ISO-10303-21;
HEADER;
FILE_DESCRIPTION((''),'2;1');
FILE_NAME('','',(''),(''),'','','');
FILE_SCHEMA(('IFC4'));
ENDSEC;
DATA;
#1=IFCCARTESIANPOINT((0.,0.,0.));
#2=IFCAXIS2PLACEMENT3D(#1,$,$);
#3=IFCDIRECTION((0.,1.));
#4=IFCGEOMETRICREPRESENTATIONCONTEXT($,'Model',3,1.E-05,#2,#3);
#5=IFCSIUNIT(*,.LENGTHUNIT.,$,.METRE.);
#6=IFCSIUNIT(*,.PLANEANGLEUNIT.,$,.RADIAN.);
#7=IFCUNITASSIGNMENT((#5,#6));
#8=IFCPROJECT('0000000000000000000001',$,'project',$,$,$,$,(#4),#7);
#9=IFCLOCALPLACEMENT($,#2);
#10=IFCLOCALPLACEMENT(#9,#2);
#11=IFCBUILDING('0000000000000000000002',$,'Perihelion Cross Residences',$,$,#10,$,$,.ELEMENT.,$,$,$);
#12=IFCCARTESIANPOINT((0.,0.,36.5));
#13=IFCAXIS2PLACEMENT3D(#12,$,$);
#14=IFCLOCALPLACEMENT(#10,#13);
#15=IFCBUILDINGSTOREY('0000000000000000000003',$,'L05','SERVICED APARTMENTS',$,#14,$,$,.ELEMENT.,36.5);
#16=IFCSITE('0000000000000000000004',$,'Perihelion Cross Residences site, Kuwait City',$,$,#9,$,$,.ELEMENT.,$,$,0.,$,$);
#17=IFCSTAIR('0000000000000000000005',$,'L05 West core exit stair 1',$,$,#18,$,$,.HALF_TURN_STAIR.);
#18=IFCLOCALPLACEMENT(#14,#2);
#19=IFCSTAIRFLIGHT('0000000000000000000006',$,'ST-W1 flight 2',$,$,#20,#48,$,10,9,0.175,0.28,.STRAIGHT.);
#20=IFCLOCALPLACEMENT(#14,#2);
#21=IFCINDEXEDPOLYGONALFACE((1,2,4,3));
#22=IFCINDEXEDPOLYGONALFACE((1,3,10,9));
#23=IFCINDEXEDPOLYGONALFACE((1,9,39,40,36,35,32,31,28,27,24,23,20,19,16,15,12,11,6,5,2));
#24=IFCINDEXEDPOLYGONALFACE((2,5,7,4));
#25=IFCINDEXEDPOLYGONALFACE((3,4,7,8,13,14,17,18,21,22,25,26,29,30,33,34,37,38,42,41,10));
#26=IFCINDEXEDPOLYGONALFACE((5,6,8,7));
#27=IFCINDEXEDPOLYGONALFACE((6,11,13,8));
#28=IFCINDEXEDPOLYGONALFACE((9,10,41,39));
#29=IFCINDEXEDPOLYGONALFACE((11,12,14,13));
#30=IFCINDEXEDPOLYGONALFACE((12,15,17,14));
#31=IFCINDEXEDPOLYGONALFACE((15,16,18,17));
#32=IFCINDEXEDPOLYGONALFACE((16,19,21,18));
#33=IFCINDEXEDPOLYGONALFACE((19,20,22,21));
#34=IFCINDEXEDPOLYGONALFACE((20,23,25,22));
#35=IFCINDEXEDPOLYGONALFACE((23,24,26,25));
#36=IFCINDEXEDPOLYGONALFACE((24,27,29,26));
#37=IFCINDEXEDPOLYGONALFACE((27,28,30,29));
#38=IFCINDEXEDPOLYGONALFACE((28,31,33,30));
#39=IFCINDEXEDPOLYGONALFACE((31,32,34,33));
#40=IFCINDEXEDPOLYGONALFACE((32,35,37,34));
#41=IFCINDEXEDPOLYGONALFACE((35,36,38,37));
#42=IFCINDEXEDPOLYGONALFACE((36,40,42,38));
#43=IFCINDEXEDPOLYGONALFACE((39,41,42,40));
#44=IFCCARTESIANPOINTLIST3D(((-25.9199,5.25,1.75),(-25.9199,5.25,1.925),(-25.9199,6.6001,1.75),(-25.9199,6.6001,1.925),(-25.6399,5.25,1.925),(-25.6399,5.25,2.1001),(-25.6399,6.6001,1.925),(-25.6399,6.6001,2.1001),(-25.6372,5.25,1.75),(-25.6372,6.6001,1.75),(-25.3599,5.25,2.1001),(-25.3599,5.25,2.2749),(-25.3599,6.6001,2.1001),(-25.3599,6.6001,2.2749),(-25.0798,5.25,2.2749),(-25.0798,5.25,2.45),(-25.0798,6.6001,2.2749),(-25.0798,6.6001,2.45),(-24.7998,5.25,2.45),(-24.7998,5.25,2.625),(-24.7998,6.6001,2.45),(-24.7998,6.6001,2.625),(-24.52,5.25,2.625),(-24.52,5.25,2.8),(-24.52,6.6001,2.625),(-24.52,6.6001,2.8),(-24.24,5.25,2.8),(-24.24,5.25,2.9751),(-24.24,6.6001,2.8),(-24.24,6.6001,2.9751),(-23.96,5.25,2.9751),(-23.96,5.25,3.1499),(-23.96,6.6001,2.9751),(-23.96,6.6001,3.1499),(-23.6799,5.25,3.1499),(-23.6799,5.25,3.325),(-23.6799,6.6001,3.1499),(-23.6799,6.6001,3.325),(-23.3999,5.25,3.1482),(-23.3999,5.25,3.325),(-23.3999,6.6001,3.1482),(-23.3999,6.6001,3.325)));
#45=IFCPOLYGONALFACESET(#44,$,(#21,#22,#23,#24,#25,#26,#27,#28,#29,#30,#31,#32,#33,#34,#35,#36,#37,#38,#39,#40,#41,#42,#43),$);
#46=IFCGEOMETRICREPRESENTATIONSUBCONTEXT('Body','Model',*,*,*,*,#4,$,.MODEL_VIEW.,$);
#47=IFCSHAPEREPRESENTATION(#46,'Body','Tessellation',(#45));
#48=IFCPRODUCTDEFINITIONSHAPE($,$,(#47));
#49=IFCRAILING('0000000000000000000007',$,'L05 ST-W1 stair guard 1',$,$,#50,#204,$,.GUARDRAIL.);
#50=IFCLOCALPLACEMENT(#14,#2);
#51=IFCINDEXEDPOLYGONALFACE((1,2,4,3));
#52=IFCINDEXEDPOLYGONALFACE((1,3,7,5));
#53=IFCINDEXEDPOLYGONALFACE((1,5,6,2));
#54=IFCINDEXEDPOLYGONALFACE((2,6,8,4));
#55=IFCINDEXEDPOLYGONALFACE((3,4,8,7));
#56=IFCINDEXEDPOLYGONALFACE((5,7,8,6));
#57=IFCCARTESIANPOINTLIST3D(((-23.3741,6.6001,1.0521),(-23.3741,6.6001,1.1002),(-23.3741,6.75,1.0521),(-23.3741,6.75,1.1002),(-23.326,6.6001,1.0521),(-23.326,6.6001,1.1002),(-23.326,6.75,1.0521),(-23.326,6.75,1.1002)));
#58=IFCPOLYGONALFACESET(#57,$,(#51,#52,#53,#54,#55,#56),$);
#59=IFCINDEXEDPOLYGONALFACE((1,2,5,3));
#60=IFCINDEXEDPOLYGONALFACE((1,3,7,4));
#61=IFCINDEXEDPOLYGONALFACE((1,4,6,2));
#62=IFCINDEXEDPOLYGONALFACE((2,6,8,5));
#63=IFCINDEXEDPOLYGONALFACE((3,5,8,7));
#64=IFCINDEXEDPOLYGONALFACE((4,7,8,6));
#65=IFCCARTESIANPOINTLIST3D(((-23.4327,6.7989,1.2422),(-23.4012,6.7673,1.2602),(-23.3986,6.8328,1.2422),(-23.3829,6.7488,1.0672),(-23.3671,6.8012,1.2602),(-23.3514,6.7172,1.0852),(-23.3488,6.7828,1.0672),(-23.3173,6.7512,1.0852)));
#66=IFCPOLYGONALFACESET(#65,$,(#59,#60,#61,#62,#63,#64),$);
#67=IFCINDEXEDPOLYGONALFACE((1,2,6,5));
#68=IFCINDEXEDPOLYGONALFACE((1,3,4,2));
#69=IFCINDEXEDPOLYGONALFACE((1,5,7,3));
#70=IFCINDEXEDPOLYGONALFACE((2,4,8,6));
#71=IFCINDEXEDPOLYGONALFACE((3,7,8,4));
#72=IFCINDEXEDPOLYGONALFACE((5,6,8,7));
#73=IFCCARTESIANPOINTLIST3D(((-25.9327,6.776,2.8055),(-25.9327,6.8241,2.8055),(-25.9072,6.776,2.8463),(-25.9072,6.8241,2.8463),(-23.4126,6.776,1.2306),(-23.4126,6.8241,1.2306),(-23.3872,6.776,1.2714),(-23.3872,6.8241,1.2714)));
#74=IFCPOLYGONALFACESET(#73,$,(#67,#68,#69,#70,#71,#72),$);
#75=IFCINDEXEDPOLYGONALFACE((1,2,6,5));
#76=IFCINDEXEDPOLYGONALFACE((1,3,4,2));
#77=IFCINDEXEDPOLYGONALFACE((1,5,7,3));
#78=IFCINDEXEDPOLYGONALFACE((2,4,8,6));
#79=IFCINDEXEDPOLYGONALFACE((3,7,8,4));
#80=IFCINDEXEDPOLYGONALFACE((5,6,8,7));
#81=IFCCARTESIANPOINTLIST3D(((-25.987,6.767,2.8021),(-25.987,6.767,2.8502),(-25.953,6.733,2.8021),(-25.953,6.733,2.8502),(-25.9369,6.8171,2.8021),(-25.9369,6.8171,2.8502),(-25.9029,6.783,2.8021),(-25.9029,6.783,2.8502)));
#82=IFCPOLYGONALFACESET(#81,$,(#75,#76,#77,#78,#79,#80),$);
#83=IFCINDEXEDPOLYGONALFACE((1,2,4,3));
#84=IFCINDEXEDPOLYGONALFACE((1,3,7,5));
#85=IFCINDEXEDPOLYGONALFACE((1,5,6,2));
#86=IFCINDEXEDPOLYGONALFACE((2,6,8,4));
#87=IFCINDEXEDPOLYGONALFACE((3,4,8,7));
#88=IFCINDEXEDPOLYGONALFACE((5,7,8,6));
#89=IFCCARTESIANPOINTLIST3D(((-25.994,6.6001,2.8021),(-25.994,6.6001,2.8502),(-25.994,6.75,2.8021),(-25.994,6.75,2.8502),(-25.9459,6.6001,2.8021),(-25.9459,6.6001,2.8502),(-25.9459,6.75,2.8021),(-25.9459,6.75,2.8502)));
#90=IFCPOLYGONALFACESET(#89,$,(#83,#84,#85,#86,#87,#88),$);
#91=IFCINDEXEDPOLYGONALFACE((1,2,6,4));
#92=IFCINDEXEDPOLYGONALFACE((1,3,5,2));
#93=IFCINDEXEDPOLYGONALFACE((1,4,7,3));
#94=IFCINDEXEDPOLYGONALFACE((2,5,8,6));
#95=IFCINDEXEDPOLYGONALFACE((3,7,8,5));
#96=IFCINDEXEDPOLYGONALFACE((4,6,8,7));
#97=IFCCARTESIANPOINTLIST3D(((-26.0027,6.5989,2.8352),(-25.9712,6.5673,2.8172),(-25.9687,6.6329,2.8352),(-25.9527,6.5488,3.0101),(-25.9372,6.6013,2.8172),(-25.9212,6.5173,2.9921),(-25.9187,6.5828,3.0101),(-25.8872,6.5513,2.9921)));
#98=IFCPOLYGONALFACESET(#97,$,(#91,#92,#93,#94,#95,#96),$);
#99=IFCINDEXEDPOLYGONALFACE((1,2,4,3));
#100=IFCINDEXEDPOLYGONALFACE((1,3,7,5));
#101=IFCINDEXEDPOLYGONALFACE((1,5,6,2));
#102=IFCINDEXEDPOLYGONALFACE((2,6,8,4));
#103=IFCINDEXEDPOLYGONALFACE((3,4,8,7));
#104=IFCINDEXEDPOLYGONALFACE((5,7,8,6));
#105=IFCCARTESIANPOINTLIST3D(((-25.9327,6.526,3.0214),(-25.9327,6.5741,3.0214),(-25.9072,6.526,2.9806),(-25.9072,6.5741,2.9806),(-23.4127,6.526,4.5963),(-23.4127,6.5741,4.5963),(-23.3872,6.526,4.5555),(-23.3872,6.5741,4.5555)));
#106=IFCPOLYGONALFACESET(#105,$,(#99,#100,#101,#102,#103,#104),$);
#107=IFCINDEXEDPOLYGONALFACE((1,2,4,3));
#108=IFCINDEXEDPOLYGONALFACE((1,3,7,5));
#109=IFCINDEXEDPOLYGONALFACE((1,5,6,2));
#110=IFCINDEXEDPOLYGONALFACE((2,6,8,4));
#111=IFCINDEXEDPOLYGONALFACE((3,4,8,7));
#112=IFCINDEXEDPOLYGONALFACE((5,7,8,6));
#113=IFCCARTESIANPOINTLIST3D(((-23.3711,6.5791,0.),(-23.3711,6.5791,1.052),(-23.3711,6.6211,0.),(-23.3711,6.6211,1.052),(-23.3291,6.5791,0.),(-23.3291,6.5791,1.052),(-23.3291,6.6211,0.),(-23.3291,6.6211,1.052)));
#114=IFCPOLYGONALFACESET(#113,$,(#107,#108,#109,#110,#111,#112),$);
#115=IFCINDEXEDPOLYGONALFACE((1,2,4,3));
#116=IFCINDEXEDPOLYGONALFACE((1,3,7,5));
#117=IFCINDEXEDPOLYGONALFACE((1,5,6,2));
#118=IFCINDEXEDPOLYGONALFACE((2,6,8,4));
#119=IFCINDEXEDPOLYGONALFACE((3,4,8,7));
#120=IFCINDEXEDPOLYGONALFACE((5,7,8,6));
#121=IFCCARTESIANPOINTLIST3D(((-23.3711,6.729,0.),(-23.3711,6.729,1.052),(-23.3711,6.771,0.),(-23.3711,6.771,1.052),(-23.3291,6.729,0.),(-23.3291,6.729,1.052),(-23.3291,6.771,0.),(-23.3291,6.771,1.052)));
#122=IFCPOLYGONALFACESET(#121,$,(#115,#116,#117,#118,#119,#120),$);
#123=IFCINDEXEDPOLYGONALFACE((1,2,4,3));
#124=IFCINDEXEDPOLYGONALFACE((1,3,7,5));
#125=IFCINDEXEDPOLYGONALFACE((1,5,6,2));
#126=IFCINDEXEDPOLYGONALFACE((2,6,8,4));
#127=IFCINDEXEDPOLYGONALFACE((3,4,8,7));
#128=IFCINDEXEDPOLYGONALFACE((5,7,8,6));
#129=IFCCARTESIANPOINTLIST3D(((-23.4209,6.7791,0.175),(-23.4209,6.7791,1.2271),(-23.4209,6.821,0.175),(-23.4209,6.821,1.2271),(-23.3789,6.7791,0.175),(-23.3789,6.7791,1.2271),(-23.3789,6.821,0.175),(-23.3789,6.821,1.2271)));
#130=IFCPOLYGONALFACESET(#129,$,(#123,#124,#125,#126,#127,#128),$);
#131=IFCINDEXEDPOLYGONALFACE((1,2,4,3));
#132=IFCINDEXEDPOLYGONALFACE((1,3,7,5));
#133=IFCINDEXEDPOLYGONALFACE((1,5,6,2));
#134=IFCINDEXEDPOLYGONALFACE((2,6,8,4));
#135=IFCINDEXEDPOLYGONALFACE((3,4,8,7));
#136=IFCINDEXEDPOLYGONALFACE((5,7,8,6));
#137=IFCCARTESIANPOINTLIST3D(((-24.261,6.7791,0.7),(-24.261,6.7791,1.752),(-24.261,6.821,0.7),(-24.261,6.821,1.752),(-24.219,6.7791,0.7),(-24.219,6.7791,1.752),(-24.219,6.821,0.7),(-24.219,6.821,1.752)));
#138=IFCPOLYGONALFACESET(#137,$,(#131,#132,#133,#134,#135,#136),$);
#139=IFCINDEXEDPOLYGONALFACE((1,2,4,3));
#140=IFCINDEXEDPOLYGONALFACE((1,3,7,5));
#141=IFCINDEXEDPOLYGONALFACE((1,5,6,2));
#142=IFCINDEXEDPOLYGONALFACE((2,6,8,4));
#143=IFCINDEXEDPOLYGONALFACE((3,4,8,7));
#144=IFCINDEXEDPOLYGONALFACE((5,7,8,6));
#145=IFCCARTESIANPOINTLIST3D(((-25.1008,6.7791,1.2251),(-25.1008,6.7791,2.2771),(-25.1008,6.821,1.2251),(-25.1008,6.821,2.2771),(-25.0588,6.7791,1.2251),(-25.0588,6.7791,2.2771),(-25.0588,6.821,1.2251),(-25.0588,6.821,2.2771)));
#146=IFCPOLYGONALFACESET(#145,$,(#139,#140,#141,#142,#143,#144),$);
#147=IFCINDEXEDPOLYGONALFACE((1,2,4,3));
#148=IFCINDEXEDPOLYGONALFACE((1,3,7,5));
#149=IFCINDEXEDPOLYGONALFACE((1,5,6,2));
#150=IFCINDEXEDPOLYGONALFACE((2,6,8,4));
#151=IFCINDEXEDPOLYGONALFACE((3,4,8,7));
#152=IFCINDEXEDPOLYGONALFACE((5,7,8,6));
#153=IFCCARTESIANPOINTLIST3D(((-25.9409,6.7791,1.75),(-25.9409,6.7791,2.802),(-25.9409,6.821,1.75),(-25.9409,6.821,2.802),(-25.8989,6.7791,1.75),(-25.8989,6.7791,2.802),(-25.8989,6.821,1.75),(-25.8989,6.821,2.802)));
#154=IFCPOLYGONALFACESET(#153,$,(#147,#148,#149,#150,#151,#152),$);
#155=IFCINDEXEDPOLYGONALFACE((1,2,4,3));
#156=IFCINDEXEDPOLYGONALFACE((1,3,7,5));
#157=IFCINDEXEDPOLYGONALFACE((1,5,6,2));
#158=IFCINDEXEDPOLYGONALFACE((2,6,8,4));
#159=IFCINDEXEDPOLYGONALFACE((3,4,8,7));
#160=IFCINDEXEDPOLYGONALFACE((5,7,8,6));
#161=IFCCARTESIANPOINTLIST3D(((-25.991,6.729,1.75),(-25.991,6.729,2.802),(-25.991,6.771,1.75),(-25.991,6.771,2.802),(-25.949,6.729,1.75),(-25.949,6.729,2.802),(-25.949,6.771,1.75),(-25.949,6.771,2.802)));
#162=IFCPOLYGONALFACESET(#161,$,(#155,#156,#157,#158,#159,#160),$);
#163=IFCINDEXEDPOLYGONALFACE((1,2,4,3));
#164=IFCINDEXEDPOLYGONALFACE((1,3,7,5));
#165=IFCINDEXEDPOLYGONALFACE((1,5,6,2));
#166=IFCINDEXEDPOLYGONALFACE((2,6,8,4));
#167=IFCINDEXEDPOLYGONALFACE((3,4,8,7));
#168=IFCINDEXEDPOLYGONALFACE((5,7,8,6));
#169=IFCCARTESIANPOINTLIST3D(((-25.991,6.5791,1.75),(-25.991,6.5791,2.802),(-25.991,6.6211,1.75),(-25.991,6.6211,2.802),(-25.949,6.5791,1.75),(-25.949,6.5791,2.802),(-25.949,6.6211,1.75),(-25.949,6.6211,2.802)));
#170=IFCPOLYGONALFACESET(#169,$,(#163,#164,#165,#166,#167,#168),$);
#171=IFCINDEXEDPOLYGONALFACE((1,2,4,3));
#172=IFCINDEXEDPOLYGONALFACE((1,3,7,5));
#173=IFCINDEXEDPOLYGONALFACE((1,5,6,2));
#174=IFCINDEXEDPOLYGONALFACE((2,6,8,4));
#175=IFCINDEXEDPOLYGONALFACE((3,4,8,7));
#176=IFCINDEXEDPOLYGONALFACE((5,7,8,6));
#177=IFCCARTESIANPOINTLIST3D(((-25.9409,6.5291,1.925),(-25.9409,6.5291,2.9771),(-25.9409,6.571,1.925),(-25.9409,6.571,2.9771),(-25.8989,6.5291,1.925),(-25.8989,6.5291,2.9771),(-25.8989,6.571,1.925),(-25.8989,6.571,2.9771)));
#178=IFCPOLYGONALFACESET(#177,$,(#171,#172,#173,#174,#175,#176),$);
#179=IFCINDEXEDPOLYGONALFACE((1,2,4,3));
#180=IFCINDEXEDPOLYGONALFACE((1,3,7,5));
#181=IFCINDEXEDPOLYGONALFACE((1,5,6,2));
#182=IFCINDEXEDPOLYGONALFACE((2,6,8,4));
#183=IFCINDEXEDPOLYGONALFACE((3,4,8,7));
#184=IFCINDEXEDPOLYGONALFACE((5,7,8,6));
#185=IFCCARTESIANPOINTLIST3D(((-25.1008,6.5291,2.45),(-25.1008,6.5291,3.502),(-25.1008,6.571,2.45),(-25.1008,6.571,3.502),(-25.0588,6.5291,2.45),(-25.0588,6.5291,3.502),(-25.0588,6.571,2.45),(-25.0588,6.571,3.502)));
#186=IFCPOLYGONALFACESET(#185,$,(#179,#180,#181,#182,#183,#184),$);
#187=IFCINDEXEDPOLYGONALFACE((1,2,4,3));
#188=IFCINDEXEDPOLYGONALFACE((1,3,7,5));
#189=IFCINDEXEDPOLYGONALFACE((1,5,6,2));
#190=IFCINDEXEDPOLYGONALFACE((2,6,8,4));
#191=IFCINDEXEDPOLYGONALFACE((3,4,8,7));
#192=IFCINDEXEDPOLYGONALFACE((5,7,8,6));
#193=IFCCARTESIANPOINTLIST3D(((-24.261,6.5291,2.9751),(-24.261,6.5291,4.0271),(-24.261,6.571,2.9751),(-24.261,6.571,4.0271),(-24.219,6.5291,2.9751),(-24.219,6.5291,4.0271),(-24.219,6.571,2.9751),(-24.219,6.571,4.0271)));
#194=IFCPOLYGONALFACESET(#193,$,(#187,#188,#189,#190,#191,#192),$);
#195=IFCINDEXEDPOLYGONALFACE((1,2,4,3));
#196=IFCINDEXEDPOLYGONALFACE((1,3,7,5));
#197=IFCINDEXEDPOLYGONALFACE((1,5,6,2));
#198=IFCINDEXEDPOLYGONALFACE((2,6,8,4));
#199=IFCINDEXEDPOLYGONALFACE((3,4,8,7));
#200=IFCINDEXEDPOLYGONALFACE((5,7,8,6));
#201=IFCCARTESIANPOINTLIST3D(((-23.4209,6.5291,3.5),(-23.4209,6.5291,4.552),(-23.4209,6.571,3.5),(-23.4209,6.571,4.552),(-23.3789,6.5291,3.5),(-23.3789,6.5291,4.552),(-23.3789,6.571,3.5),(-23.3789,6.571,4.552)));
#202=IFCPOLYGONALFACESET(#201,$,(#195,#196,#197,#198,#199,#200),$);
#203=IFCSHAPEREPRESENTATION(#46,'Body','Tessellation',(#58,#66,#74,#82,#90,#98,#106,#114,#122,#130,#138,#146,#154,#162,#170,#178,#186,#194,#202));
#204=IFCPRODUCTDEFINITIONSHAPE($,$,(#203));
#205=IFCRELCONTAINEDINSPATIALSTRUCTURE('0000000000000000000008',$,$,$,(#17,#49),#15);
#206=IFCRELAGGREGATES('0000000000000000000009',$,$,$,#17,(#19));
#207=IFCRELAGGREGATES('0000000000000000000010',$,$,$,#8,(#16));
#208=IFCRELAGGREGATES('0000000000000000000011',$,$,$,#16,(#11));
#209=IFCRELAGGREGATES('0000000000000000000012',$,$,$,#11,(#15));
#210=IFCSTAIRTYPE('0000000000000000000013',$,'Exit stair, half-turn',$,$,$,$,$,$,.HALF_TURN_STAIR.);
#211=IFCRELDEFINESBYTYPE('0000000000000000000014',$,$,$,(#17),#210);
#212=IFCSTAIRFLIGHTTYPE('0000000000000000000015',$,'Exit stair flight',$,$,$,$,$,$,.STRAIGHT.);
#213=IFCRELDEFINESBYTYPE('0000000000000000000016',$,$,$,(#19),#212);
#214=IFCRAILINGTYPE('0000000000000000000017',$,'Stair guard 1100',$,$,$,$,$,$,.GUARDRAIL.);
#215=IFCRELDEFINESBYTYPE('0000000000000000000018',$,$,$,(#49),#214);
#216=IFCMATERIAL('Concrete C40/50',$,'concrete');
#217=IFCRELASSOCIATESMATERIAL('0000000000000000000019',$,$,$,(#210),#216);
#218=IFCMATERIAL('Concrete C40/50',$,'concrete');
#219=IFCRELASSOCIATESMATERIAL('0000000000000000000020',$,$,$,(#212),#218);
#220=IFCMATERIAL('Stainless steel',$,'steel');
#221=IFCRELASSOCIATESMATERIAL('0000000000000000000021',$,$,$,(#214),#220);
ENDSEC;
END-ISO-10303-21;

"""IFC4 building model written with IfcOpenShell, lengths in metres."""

from ifc_helpers import new_model, si_unit, direction, frame, origin, origin_2d, place, context, subcontext, project, spatial, polyline, rectangle, outline, extrude, material, type_object, element, aggregate, save


model = new_model("IFC4")

# Units and contexts
model_context = context("Model", 3, precision=1e-05, world=origin(), true_north=direction((0.0, 1.0)))
body_context = subcontext(model_context, "Body", "Model", "MODEL_VIEW")
ifc_project = project(units=[si_unit("LENGTHUNIT", "METRE"), si_unit("PLANEANGLEUNIT", "RADIAN")], contexts=[model_context])

# Site, building, storey
site_placement = place(None, origin())
site = spatial("IfcSite", under=ifc_project, at=site_placement, Name="Perihelion Cross Residences site, Kuwait City", CompositionType="ELEMENT", RefElevation=0.0)
building_placement = place(site_placement, origin())
building = spatial("IfcBuilding", under=site, at=building_placement, Name="Perihelion Cross Residences", CompositionType="ELEMENT")
storey_placement = place(building_placement, frame((0.0, 0.0, 36.5)))
storey = spatial("IfcBuildingStorey", under=building, at=storey_placement, Name="L05", Description="SERVICED APARTMENTS", CompositionType="ELEMENT", Elevation=36.5)

# Stair, stair flight
ifc_material_1 = material(Name="Concrete C40/50", Category="concrete")
stair_type = type_object("IfcStairType", Name="Exit stair, half-turn", PredefinedType="HALF_TURN_STAIR", material=ifc_material_1)
stair_placement = place(storey_placement, origin())
stair = element("IfcStair", 1, at=stair_placement, inside=storey, type_object=stair_type, Name="L05 West core exit stair 1", PredefinedType="HALF_TURN_STAIR")
ifc_material_2 = material(Name="Concrete C40/50", Category="concrete")
stair_flight_type = type_object("IfcStairFlightType", Name="Exit stair flight", PredefinedType="STRAIGHT", material=ifc_material_2)
stair_flight_1_placement = place(storey_placement, frame((-25.9199, 5.925, 1.75), z_axis=(0.0, 0.0, 1.0), x_axis=(1.0, 0.0, 0.0)))
stair_flight_1 = element("IfcStairFlight", 2, at=stair_flight_1_placement, type_object=stair_flight_type, Name="ST-W1 flight 2", NumberOfRisers=10, NumberOfTreads=9, PredefinedType="STRAIGHT", RiserHeight=0.175, TreadLength=0.28, context=body_context, shape_type="SweptSolid", body=[
    extrude(outline(polyline([(0.0, 0.0), (0.0, 0.175), (0.28, 0.175), (0.28, 0.3501), (0.5601, 0.3501), (0.5601, 0.5249), (0.8401, 0.5249), (0.8401, 0.7), (1.1201, 0.7), (1.1201, 0.875), (1.3999, 0.875), (1.3999, 1.05), (1.6799, 1.05), (1.6799, 1.2251), (1.96, 1.2251), (1.96, 1.3999), (2.24, 1.3999), (2.24, 1.575), (2.52, 1.575), (2.52, 1.75), (2.52, 1.3982), (0.2827, 0.0), (0.0, 0.0)])), frame((0.0, 0.675, 0.0), z_axis=(0.0, -1.0, 0.0), x_axis=(1.0, 0.0, 0.0)), (0.0, 0.0, 1.0), 1.3501),
])
aggregate(stair, [stair_flight_1])

# Railing
ifc_material_3 = material(Name="Stainless steel", Category="steel")
railing_type_1 = type_object("IfcRailingType", Name="Stair guard 1100", PredefinedType="GUARDRAIL", material=ifc_material_3)
railing_1_placement = place(storey_placement, frame((-23.3501, 6.6001, 0.0)))
element("IfcRailing", 3, at=railing_1_placement, inside=storey, type_object=railing_type_1, Name="L05 ST-W1 stair guard 1", PredefinedType="GUARDRAIL", context=body_context, shape_type="SweptSolid", body=[
    extrude(rectangle(XDim=0.0481, YDim=0.0481, at=origin_2d()), frame((0.0, 0.0, 1.0762), z_axis=(0.0, 1.0, 0.0), x_axis=(-1.0, 0.0, 0.0)), (0.0, 0.0, 1.0), 0.1499),
    extrude(rectangle(XDim=0.0481, YDim=0.0481, at=origin_2d()), frame((0.0, 0.1499, 1.0762), z_axis=(-0.263862, 0.265156, 0.927399), x_axis=(-0.708834, -0.705376, 0.0)), (0.0, 0.0, 1.0), 0.1887),
    extrude(rectangle(XDim=0.0481, YDim=0.0481, at=origin_2d()), frame((-0.0498, 0.2, 1.251), z_axis=(-0.848008, 0.0, 0.529984), x_axis=(0.0, -1.0, 0.0)), (0.0, 0.0, 1.0), 2.9717),
    extrude(rectangle(XDim=0.0481, YDim=0.0481, at=origin_2d()), frame((-2.5698, 0.2, 2.8262), z_axis=(-0.707107, -0.707107, 0.0), x_axis=(0.707107, -0.707107, 0.0)), (0.0, 0.0, 1.0), 0.0708),
    extrude(rectangle(XDim=0.0481, YDim=0.0481, at=origin_2d()), frame((-2.6199, 0.1499, 2.8262), z_axis=(0.0, -1.0, 0.0), x_axis=(1.0, 0.0, 0.0)), (0.0, 0.0, 1.0), 0.1499),
    extrude(rectangle(XDim=0.0481, YDim=0.0481, at=origin_2d()), frame((-2.6199, 0.0, 2.8262), z_axis=(0.265065, -0.265065, 0.927082), x_axis=(0.707107, 0.707107, 0.0)), (0.0, 0.0, 1.0), 0.1887),
    extrude(rectangle(XDim=0.0481, YDim=0.0481, at=origin_2d()), frame((-2.5698, -0.05, 3.001), z_axis=(0.848008, 0.0, 0.529984), x_axis=(0.0, 1.0, 0.0)), (0.0, 0.0, 1.0), 2.9717),
    extrude(rectangle(XDim=0.042, YDim=0.042, at=origin_2d()), origin(), (0.0, 0.0, 1.0), 1.052),
    extrude(rectangle(XDim=0.042, YDim=0.042, at=origin_2d()), frame((0.0, 0.1499, 0.0)), (0.0, 0.0, 1.0), 1.052),
    extrude(rectangle(XDim=0.042, YDim=0.042, at=origin_2d()), frame((-0.0498, 0.2, 0.175)), (0.0, 0.0, 1.0), 1.052),
    extrude(rectangle(XDim=0.042, YDim=0.042, at=origin_2d()), frame((-0.8899, 0.2, 0.7)), (0.0, 0.0, 1.0), 1.052),
    extrude(rectangle(XDim=0.042, YDim=0.042, at=origin_2d()), frame((-1.7297, 0.2, 1.2251)), (0.0, 0.0, 1.0), 1.052),
    extrude(rectangle(XDim=0.042, YDim=0.042, at=origin_2d()), frame((-2.5698, 0.2, 1.75)), (0.0, 0.0, 1.0), 1.052),
    extrude(rectangle(XDim=0.042, YDim=0.042, at=origin_2d()), frame((-2.6199, 0.1499, 1.75)), (0.0, 0.0, 1.0), 1.052),
    extrude(rectangle(XDim=0.042, YDim=0.042, at=origin_2d()), frame((-2.6199, 0.0, 1.75)), (0.0, 0.0, 1.0), 1.052),
    extrude(rectangle(XDim=0.042, YDim=0.042, at=origin_2d()), frame((-2.5698, -0.05, 1.925)), (0.0, 0.0, 1.0), 1.052),
    extrude(rectangle(XDim=0.042, YDim=0.042, at=origin_2d()), frame((-1.7297, -0.05, 2.45)), (0.0, 0.0, 1.0), 1.052),
    extrude(rectangle(XDim=0.042, YDim=0.042, at=origin_2d()), frame((-0.8899, -0.05, 2.9751)), (0.0, 0.0, 1.0), 1.052),
    extrude(rectangle(XDim=0.042, YDim=0.042, at=origin_2d()), frame((-0.0498, -0.05, 3.5)), (0.0, 0.0, 1.0), 1.052),
])

save(model, "model.ifc")
